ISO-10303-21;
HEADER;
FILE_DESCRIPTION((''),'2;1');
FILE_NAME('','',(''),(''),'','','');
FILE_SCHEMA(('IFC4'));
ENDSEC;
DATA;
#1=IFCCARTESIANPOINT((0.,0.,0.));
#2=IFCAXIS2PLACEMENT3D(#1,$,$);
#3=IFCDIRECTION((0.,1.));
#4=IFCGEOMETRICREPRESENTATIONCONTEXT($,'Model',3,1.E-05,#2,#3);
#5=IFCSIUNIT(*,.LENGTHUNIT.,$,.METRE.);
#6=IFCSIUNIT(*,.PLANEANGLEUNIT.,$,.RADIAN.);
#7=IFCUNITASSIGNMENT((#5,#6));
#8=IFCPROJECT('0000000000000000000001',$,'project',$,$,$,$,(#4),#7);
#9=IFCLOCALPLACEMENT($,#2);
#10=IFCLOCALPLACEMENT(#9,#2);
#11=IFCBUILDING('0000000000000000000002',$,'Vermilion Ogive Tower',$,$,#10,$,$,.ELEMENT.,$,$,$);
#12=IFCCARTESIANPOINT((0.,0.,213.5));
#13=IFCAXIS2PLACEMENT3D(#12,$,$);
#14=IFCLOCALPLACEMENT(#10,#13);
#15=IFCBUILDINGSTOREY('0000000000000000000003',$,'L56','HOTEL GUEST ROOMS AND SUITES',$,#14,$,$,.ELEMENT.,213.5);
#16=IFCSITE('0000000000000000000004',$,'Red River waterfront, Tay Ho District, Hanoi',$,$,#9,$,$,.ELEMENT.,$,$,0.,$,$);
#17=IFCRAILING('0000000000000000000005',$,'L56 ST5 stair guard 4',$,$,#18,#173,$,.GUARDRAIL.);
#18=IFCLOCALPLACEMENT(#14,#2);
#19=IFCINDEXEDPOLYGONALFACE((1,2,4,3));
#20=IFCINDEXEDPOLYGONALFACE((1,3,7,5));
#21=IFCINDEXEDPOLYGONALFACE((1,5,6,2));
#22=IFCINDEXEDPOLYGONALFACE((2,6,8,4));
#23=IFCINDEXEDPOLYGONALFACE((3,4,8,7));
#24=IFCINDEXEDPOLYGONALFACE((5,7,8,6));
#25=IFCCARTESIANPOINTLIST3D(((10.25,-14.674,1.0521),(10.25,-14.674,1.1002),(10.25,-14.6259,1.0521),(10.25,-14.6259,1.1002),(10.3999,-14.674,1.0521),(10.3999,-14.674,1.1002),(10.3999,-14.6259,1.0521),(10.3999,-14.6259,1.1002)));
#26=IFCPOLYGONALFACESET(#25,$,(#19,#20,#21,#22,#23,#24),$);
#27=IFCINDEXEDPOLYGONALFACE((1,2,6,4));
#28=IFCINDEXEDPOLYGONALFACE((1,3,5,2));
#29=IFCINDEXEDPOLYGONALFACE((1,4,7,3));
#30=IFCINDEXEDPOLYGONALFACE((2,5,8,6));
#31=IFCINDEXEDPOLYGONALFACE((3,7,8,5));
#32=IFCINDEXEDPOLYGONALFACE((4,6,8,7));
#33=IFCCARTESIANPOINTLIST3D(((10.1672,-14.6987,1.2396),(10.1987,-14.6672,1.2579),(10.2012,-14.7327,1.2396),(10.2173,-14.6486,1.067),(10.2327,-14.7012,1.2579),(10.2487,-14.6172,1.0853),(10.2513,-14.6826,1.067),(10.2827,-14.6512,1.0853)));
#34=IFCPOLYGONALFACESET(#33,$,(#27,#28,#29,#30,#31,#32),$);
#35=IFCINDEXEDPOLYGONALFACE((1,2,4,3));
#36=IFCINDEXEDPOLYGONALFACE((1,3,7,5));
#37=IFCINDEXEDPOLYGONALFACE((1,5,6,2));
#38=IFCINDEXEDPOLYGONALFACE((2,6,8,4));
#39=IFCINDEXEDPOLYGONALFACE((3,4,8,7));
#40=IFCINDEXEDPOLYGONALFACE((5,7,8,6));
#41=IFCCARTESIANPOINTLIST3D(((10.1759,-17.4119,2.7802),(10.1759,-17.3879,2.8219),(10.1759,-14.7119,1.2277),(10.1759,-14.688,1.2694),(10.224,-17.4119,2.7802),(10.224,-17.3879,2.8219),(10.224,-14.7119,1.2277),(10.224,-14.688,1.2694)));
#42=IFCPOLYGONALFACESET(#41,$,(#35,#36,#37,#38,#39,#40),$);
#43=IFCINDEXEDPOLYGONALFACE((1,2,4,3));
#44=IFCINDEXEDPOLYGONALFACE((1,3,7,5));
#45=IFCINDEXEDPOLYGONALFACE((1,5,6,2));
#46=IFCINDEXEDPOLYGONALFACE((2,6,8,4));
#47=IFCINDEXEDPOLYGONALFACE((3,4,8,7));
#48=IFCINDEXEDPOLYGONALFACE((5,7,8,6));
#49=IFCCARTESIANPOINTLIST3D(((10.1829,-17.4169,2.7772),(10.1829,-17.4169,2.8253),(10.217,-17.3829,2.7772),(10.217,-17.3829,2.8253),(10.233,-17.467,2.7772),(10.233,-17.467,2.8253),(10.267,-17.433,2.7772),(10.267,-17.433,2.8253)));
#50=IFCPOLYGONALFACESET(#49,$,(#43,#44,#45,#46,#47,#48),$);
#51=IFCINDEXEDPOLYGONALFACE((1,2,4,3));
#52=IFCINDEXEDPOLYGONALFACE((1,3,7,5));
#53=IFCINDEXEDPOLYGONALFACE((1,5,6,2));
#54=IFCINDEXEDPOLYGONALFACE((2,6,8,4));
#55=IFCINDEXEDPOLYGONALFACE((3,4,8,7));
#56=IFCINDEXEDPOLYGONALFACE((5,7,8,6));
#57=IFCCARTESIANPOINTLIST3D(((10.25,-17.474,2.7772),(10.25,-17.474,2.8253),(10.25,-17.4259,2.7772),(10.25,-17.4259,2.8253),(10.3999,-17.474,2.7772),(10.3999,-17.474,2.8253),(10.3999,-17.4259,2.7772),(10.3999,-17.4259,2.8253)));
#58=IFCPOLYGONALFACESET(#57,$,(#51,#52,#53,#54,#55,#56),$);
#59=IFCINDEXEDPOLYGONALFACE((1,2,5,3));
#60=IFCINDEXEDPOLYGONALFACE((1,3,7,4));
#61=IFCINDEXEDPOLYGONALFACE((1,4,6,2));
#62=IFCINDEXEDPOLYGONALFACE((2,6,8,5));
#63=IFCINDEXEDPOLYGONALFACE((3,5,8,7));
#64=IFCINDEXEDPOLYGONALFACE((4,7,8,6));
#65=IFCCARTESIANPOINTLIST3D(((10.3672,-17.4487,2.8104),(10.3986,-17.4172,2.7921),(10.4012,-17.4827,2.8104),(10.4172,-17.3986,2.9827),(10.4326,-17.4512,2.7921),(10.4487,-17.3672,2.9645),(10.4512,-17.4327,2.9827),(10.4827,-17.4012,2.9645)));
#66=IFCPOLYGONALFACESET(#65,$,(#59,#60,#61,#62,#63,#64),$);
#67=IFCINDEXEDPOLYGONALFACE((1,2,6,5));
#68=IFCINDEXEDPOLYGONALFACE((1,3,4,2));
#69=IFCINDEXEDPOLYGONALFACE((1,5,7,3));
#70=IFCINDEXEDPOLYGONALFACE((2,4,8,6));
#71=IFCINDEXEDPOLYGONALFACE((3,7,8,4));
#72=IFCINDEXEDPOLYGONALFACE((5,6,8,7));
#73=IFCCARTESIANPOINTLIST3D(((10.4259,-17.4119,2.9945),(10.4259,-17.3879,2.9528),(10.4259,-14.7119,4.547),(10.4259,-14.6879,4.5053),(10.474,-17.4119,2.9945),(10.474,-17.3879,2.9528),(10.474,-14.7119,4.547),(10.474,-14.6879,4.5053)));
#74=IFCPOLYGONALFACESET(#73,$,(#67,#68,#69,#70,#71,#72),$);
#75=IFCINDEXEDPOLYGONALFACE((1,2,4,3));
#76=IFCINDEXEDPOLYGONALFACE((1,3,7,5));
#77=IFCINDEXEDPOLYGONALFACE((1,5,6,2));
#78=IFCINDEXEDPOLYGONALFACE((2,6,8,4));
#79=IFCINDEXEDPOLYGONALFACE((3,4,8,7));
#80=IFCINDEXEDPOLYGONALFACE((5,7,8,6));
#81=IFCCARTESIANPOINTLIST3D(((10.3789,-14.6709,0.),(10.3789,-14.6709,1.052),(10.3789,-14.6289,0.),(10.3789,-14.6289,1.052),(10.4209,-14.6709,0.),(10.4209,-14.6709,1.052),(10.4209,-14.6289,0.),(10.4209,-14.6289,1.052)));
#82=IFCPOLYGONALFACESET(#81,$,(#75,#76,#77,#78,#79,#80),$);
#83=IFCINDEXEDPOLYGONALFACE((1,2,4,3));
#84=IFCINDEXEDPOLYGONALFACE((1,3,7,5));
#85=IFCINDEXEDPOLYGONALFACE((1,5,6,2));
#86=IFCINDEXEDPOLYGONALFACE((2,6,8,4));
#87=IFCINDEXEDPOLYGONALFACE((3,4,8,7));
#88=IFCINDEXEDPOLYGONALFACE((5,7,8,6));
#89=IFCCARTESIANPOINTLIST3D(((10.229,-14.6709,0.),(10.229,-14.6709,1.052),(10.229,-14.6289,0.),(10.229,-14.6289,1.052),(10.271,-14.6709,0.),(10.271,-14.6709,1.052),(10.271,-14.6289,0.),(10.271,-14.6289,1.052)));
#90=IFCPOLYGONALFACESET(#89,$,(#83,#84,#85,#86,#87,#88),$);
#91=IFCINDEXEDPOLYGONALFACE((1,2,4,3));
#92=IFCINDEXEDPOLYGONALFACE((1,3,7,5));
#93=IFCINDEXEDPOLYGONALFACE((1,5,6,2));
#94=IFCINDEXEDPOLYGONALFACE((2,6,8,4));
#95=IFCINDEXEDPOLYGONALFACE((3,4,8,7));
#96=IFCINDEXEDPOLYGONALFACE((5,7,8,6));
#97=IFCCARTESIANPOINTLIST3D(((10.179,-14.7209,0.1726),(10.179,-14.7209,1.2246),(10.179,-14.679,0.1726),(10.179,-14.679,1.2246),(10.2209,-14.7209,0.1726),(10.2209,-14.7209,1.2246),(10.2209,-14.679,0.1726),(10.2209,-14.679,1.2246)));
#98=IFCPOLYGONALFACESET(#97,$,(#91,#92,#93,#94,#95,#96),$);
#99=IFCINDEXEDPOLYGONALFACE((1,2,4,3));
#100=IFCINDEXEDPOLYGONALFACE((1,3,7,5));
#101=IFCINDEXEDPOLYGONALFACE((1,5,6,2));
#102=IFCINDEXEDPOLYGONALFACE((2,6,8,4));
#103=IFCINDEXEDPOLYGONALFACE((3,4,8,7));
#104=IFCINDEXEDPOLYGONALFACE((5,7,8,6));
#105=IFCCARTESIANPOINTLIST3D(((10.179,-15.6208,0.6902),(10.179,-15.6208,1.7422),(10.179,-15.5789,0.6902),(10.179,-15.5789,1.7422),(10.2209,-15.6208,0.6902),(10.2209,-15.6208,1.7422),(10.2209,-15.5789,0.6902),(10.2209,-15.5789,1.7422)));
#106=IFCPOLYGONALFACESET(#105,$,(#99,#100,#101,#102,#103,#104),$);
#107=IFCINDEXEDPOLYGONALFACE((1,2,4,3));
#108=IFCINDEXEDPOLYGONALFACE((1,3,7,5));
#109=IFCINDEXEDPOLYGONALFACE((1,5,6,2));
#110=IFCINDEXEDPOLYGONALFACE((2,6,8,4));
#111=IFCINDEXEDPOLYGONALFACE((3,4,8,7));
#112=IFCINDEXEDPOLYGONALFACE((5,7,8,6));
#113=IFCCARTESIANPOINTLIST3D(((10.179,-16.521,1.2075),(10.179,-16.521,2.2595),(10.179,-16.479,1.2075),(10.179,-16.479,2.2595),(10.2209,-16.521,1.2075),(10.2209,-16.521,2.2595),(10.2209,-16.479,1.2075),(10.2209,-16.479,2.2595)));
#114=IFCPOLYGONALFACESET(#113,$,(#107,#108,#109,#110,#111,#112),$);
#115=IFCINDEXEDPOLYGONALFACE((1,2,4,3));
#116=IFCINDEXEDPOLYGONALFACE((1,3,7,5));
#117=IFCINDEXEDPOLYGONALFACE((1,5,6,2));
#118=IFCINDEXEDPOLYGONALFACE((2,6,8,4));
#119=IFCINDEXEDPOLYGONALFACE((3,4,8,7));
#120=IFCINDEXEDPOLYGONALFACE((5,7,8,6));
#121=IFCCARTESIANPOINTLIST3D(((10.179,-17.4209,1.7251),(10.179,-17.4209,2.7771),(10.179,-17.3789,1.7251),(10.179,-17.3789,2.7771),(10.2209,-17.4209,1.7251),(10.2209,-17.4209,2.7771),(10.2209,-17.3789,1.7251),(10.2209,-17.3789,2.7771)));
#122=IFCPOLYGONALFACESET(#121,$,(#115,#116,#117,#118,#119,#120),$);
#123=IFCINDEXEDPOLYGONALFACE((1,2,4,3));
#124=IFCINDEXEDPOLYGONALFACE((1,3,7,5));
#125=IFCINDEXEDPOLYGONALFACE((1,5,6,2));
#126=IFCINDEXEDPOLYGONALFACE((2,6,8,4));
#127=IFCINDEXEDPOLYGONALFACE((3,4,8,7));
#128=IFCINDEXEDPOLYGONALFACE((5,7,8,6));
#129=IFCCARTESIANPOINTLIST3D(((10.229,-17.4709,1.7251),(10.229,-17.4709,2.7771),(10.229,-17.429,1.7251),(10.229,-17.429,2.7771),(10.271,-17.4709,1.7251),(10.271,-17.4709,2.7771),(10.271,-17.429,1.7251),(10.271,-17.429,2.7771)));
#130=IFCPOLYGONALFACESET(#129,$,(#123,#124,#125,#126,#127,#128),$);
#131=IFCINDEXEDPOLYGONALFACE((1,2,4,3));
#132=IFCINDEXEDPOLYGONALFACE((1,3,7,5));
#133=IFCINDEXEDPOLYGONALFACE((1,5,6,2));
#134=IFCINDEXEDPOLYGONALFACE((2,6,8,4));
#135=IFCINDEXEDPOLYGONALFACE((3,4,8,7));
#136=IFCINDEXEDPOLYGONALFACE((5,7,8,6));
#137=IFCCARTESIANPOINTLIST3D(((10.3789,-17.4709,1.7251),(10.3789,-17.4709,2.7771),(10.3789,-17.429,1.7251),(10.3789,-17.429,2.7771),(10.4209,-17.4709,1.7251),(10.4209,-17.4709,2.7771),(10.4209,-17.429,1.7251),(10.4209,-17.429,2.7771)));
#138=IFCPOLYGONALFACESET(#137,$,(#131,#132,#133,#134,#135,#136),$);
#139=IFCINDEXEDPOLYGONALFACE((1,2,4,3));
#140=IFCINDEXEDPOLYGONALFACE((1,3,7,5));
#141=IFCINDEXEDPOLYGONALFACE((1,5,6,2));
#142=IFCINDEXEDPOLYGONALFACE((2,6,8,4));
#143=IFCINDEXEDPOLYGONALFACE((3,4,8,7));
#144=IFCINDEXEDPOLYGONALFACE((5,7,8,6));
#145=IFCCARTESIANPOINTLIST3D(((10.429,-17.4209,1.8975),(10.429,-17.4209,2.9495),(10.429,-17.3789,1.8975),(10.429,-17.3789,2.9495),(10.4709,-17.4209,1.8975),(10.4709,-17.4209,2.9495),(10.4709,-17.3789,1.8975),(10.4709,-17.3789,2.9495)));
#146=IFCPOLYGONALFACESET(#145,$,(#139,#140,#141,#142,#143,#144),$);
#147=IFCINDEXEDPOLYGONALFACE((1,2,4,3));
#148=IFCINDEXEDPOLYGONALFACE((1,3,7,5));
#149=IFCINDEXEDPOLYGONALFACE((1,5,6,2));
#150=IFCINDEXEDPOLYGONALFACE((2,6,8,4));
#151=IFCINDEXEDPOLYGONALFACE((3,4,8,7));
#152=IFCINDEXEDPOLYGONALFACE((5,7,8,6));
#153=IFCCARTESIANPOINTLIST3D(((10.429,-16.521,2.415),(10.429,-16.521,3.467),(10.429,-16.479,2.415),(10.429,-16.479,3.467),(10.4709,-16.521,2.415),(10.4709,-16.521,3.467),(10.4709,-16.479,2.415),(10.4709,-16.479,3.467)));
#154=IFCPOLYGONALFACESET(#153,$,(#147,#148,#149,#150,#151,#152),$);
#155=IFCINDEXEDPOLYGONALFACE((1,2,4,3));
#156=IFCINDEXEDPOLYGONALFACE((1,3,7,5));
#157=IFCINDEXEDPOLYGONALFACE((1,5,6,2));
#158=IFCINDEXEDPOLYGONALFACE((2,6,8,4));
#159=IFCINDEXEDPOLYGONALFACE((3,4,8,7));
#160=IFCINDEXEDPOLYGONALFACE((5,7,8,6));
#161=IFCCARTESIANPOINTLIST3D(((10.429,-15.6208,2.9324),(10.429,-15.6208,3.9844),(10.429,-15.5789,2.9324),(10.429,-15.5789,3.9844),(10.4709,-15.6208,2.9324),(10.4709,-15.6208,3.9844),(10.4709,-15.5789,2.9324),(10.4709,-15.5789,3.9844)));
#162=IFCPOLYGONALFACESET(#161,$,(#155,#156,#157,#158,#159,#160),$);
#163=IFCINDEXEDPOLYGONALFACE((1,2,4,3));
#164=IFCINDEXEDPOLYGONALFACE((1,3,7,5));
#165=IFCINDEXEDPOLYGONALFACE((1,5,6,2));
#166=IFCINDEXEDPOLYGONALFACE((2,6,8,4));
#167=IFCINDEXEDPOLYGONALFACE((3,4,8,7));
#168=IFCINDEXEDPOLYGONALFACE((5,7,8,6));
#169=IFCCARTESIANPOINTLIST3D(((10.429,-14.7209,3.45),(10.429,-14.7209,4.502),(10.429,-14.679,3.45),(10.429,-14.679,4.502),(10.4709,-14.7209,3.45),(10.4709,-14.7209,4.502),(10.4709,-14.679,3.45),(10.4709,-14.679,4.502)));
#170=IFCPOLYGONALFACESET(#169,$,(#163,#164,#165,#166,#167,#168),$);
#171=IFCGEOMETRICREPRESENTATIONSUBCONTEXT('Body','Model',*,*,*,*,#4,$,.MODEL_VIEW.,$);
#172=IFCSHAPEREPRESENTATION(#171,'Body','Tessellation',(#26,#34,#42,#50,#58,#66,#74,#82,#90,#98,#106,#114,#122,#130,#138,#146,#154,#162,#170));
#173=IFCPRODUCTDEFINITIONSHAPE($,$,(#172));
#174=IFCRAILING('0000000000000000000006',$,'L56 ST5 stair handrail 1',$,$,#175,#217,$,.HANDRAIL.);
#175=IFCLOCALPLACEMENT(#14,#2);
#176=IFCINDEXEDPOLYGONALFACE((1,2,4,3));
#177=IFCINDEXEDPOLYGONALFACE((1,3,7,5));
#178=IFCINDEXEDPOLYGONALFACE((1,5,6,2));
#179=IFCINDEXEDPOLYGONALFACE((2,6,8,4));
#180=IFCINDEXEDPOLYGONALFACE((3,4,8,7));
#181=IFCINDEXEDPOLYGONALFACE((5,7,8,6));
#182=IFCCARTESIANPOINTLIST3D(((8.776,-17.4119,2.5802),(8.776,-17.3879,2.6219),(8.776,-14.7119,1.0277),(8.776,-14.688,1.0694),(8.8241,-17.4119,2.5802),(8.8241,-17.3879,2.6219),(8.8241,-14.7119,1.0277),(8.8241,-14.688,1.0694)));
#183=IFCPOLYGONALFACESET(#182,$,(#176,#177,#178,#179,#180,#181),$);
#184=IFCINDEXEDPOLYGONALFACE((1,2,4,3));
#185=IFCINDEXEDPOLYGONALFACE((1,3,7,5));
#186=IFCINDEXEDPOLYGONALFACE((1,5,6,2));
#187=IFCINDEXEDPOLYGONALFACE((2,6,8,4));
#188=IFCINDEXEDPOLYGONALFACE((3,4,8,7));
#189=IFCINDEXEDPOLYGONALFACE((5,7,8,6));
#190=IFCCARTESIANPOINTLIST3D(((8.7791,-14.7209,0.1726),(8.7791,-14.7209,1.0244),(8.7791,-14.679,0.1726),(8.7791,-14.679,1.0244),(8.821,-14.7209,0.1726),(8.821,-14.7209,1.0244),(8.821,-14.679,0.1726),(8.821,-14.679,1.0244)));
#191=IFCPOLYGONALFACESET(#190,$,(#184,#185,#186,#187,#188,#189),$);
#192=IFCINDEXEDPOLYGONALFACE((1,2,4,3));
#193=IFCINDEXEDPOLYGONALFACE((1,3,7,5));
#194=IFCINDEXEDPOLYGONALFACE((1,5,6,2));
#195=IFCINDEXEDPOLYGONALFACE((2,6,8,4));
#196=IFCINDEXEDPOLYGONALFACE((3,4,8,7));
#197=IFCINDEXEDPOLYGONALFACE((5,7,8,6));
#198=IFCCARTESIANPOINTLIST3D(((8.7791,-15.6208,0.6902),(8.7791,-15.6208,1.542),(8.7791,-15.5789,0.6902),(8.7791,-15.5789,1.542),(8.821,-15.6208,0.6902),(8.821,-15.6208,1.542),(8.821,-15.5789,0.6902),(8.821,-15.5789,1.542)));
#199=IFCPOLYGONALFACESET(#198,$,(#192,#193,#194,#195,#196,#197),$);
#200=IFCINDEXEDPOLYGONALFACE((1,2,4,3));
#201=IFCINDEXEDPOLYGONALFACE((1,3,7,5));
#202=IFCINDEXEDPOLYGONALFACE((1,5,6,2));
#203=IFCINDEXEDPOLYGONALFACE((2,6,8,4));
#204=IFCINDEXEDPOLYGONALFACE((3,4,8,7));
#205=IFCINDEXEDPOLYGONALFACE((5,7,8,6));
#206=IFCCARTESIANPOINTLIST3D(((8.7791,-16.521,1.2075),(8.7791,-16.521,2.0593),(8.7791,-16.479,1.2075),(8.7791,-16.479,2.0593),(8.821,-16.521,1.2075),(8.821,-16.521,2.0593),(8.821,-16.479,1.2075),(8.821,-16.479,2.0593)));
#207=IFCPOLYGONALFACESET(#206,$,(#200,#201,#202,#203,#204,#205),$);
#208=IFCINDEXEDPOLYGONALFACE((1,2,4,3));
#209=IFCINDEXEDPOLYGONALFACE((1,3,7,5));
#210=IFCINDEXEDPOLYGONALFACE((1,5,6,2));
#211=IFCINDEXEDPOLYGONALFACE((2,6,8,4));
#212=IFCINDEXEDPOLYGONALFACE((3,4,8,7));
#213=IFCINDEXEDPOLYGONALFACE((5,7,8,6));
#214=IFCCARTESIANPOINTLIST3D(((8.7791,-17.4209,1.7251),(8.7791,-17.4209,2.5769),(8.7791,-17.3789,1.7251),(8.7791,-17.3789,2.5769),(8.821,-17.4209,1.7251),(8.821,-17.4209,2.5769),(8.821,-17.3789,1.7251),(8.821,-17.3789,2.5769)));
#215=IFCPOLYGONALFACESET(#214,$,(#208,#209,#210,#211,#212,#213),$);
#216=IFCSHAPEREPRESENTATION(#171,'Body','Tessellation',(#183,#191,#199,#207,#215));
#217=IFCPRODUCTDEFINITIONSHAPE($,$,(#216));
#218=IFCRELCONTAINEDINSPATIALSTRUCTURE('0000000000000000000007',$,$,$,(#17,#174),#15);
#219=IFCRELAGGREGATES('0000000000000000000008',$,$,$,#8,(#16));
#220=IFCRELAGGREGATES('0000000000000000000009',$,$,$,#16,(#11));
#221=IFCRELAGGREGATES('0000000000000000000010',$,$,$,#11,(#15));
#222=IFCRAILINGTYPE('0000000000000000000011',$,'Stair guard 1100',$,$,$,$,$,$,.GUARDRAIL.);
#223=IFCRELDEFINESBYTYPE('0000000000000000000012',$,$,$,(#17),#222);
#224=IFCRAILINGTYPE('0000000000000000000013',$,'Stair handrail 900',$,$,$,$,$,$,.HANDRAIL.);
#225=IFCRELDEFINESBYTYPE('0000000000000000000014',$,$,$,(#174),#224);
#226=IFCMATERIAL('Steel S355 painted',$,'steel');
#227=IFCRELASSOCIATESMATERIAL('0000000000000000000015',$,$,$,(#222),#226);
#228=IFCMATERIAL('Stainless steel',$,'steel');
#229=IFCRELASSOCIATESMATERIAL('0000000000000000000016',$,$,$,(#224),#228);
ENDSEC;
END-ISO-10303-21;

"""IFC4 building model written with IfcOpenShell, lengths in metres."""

from ifc_helpers import new_model, si_unit, direction, frame, origin, origin_2d, place, context, subcontext, project, spatial, rectangle, extrude, material, type_object, element, save


model = new_model("IFC4")

# Units and contexts
model_context = context("Model", 3, precision=1e-05, world=origin(), true_north=direction((0.0, 1.0)))
body_context = subcontext(model_context, "Body", "Model", "MODEL_VIEW")
ifc_project = project(units=[si_unit("LENGTHUNIT", "METRE"), si_unit("PLANEANGLEUNIT", "RADIAN")], contexts=[model_context])

# Site, building, storey
site_placement = place(None, origin())
site = spatial("IfcSite", under=ifc_project, at=site_placement, Name="Red River waterfront, Tay Ho District, Hanoi", CompositionType="ELEMENT", RefElevation=0.0)
building_placement = place(site_placement, origin())
building = spatial("IfcBuilding", under=site, at=building_placement, Name="Vermilion Ogive Tower", CompositionType="ELEMENT")
storey_placement = place(building_placement, frame((0.0, 0.0, 213.5)))
storey = spatial("IfcBuildingStorey", under=building, at=storey_placement, Name="L56", Description="HOTEL GUEST ROOMS AND SUITES", CompositionType="ELEMENT", Elevation=213.5)

# Railings
ifc_material_1 = material(Name="Steel S355 painted", Category="steel")
railing_type_1 = type_object("IfcRailingType", Name="Stair guard 1100", PredefinedType="GUARDRAIL", material=ifc_material_1)
railing_1_placement = place(storey_placement, frame((10.3999, -14.6499, 0.0)))
element("IfcRailing", 1, at=railing_1_placement, inside=storey, type_object=railing_type_1, Name="L56 ST5 stair guard 4", PredefinedType="GUARDRAIL", context=body_context, shape_type="SweptSolid", body=[
    extrude(rectangle(XDim=0.0481, YDim=0.0481, at=origin_2d()), frame((0.0, 0.0, 1.0762), z_axis=(-1.0, 0.0, 0.0), x_axis=(0.0, -1.0, 0.0)), (0.0, 0.0, 1.0), 0.1499),
    extrude(rectangle(XDim=0.0481, YDim=0.0481, at=origin_2d()), frame((-0.1499, 0.0, 1.0762), z_axis=(-0.268278, -0.268278, 0.925232), x_axis=(0.707107, -0.707107, 0.0)), (0.0, 0.0, 1.0), 0.1865),
    extrude(rectangle(XDim=0.0481, YDim=0.0481, at=origin_2d()), frame((-0.2, -0.05, 1.2485), z_axis=(0.0, -0.866904, 0.498476), x_axis=(1.0, 0.0, 0.0)), (0.0, 0.0, 1.0), 3.1145),
    extrude(rectangle(XDim=0.0481, YDim=0.0481, at=origin_2d()), frame((-0.2, -2.75, 2.8013), z_axis=(0.707107, -0.707107, 0.0), x_axis=(0.707107, 0.707107, 0.0)), (0.0, 0.0, 1.0), 0.0708),
    extrude(rectangle(XDim=0.0481, YDim=0.0481, at=origin_2d()), frame((-0.1499, -2.8, 2.8013), z_axis=(1.0, 0.0, 0.0), x_axis=(0.0, 1.0, 0.0)), (0.0, 0.0, 1.0), 0.1499),
    extrude(rectangle(XDim=0.0481, YDim=0.0481, at=origin_2d()), frame((0.0, -2.8, 2.8013), z_axis=(0.268603, 0.268603, 0.925043), x_axis=(-0.707107, 0.707107, 0.0)), (0.0, 0.0, 1.0), 0.1863),
    extrude(rectangle(XDim=0.0481, YDim=0.0481, at=origin_2d()), frame((0.05, -2.75, 2.9736), z_axis=(0.0, 0.866904, 0.498476), x_axis=(-1.0, 0.0, 0.0)), (0.0, 0.0, 1.0), 3.1145),
    extrude(rectangle(XDim=0.042, YDim=0.042, at=origin_2d()), origin(), (0.0, 0.0, 1.0), 1.052),
    extrude(rectangle(XDim=0.042, YDim=0.042, at=origin_2d()), frame((-0.1499, 0.0, 0.0)), (0.0, 0.0, 1.0), 1.052),
    extrude(rectangle(XDim=0.042, YDim=0.042, at=origin_2d()), frame((-0.2, -0.05, 0.1726)), (0.0, 0.0, 1.0), 1.052),
    extrude(rectangle(XDim=0.042, YDim=0.042, at=origin_2d()), frame((-0.2, -0.95, 0.6902)), (0.0, 0.0, 1.0), 1.052),
    extrude(rectangle(XDim=0.042, YDim=0.042, at=origin_2d()), frame((-0.2, -1.8501, 1.2075)), (0.0, 0.0, 1.0), 1.052),
    extrude(rectangle(XDim=0.042, YDim=0.042, at=origin_2d()), frame((-0.2, -2.75, 1.7251)), (0.0, 0.0, 1.0), 1.052),
    extrude(rectangle(XDim=0.042, YDim=0.042, at=origin_2d()), frame((-0.1499, -2.8, 1.7251)), (0.0, 0.0, 1.0), 1.052),
    extrude(rectangle(XDim=0.042, YDim=0.042, at=origin_2d()), frame((0.0, -2.8, 1.7251)), (0.0, 0.0, 1.0), 1.052),
    extrude(rectangle(XDim=0.042, YDim=0.042, at=origin_2d()), frame((0.05, -2.75, 1.8975)), (0.0, 0.0, 1.0), 1.052),
    extrude(rectangle(XDim=0.042, YDim=0.042, at=origin_2d()), frame((0.05, -1.8501, 2.415)), (0.0, 0.0, 1.0), 1.052),
    extrude(rectangle(XDim=0.042, YDim=0.042, at=origin_2d()), frame((0.05, -0.95, 2.9324)), (0.0, 0.0, 1.0), 1.052),
    extrude(rectangle(XDim=0.042, YDim=0.042, at=origin_2d()), frame((0.05, -0.05, 3.45)), (0.0, 0.0, 1.0), 1.052),
])
ifc_material_2 = material(Name="Stainless steel", Category="steel")
railing_type_2 = type_object("IfcRailingType", Name="Stair handrail 900", PredefinedType="HANDRAIL", material=ifc_material_2)
railing_2_placement = place(storey_placement, frame((8.8, -14.7, 0.1726)))
element("IfcRailing", 2, at=railing_2_placement, inside=storey, type_object=railing_type_2, Name="L56 ST5 stair handrail 1", PredefinedType="HANDRAIL", context=body_context, shape_type="SweptSolid", body=[
    extrude(rectangle(XDim=0.0481, YDim=0.0481, at=origin_2d()), frame((0.0, 0.0, 0.876), z_axis=(0.0, -0.866904, 0.498476), x_axis=(1.0, 0.0, 0.0)), (0.0, 0.0, 1.0), 3.1145),
    extrude(rectangle(XDim=0.042, YDim=0.042, at=origin_2d()), origin(), (0.0, 0.0, 1.0), 0.8518),
    extrude(rectangle(XDim=0.042, YDim=0.042, at=origin_2d()), frame((0.0, -0.8999, 0.5176)), (0.0, 0.0, 1.0), 0.8518),
    extrude(rectangle(XDim=0.042, YDim=0.042, at=origin_2d()), frame((0.0, -1.8, 1.0349)), (0.0, 0.0, 1.0), 0.8518),
    extrude(rectangle(XDim=0.042, YDim=0.042, at=origin_2d()), frame((0.0, -2.7, 1.5525)), (0.0, 0.0, 1.0), 0.8518),
])

save(model, "model.ifc")
